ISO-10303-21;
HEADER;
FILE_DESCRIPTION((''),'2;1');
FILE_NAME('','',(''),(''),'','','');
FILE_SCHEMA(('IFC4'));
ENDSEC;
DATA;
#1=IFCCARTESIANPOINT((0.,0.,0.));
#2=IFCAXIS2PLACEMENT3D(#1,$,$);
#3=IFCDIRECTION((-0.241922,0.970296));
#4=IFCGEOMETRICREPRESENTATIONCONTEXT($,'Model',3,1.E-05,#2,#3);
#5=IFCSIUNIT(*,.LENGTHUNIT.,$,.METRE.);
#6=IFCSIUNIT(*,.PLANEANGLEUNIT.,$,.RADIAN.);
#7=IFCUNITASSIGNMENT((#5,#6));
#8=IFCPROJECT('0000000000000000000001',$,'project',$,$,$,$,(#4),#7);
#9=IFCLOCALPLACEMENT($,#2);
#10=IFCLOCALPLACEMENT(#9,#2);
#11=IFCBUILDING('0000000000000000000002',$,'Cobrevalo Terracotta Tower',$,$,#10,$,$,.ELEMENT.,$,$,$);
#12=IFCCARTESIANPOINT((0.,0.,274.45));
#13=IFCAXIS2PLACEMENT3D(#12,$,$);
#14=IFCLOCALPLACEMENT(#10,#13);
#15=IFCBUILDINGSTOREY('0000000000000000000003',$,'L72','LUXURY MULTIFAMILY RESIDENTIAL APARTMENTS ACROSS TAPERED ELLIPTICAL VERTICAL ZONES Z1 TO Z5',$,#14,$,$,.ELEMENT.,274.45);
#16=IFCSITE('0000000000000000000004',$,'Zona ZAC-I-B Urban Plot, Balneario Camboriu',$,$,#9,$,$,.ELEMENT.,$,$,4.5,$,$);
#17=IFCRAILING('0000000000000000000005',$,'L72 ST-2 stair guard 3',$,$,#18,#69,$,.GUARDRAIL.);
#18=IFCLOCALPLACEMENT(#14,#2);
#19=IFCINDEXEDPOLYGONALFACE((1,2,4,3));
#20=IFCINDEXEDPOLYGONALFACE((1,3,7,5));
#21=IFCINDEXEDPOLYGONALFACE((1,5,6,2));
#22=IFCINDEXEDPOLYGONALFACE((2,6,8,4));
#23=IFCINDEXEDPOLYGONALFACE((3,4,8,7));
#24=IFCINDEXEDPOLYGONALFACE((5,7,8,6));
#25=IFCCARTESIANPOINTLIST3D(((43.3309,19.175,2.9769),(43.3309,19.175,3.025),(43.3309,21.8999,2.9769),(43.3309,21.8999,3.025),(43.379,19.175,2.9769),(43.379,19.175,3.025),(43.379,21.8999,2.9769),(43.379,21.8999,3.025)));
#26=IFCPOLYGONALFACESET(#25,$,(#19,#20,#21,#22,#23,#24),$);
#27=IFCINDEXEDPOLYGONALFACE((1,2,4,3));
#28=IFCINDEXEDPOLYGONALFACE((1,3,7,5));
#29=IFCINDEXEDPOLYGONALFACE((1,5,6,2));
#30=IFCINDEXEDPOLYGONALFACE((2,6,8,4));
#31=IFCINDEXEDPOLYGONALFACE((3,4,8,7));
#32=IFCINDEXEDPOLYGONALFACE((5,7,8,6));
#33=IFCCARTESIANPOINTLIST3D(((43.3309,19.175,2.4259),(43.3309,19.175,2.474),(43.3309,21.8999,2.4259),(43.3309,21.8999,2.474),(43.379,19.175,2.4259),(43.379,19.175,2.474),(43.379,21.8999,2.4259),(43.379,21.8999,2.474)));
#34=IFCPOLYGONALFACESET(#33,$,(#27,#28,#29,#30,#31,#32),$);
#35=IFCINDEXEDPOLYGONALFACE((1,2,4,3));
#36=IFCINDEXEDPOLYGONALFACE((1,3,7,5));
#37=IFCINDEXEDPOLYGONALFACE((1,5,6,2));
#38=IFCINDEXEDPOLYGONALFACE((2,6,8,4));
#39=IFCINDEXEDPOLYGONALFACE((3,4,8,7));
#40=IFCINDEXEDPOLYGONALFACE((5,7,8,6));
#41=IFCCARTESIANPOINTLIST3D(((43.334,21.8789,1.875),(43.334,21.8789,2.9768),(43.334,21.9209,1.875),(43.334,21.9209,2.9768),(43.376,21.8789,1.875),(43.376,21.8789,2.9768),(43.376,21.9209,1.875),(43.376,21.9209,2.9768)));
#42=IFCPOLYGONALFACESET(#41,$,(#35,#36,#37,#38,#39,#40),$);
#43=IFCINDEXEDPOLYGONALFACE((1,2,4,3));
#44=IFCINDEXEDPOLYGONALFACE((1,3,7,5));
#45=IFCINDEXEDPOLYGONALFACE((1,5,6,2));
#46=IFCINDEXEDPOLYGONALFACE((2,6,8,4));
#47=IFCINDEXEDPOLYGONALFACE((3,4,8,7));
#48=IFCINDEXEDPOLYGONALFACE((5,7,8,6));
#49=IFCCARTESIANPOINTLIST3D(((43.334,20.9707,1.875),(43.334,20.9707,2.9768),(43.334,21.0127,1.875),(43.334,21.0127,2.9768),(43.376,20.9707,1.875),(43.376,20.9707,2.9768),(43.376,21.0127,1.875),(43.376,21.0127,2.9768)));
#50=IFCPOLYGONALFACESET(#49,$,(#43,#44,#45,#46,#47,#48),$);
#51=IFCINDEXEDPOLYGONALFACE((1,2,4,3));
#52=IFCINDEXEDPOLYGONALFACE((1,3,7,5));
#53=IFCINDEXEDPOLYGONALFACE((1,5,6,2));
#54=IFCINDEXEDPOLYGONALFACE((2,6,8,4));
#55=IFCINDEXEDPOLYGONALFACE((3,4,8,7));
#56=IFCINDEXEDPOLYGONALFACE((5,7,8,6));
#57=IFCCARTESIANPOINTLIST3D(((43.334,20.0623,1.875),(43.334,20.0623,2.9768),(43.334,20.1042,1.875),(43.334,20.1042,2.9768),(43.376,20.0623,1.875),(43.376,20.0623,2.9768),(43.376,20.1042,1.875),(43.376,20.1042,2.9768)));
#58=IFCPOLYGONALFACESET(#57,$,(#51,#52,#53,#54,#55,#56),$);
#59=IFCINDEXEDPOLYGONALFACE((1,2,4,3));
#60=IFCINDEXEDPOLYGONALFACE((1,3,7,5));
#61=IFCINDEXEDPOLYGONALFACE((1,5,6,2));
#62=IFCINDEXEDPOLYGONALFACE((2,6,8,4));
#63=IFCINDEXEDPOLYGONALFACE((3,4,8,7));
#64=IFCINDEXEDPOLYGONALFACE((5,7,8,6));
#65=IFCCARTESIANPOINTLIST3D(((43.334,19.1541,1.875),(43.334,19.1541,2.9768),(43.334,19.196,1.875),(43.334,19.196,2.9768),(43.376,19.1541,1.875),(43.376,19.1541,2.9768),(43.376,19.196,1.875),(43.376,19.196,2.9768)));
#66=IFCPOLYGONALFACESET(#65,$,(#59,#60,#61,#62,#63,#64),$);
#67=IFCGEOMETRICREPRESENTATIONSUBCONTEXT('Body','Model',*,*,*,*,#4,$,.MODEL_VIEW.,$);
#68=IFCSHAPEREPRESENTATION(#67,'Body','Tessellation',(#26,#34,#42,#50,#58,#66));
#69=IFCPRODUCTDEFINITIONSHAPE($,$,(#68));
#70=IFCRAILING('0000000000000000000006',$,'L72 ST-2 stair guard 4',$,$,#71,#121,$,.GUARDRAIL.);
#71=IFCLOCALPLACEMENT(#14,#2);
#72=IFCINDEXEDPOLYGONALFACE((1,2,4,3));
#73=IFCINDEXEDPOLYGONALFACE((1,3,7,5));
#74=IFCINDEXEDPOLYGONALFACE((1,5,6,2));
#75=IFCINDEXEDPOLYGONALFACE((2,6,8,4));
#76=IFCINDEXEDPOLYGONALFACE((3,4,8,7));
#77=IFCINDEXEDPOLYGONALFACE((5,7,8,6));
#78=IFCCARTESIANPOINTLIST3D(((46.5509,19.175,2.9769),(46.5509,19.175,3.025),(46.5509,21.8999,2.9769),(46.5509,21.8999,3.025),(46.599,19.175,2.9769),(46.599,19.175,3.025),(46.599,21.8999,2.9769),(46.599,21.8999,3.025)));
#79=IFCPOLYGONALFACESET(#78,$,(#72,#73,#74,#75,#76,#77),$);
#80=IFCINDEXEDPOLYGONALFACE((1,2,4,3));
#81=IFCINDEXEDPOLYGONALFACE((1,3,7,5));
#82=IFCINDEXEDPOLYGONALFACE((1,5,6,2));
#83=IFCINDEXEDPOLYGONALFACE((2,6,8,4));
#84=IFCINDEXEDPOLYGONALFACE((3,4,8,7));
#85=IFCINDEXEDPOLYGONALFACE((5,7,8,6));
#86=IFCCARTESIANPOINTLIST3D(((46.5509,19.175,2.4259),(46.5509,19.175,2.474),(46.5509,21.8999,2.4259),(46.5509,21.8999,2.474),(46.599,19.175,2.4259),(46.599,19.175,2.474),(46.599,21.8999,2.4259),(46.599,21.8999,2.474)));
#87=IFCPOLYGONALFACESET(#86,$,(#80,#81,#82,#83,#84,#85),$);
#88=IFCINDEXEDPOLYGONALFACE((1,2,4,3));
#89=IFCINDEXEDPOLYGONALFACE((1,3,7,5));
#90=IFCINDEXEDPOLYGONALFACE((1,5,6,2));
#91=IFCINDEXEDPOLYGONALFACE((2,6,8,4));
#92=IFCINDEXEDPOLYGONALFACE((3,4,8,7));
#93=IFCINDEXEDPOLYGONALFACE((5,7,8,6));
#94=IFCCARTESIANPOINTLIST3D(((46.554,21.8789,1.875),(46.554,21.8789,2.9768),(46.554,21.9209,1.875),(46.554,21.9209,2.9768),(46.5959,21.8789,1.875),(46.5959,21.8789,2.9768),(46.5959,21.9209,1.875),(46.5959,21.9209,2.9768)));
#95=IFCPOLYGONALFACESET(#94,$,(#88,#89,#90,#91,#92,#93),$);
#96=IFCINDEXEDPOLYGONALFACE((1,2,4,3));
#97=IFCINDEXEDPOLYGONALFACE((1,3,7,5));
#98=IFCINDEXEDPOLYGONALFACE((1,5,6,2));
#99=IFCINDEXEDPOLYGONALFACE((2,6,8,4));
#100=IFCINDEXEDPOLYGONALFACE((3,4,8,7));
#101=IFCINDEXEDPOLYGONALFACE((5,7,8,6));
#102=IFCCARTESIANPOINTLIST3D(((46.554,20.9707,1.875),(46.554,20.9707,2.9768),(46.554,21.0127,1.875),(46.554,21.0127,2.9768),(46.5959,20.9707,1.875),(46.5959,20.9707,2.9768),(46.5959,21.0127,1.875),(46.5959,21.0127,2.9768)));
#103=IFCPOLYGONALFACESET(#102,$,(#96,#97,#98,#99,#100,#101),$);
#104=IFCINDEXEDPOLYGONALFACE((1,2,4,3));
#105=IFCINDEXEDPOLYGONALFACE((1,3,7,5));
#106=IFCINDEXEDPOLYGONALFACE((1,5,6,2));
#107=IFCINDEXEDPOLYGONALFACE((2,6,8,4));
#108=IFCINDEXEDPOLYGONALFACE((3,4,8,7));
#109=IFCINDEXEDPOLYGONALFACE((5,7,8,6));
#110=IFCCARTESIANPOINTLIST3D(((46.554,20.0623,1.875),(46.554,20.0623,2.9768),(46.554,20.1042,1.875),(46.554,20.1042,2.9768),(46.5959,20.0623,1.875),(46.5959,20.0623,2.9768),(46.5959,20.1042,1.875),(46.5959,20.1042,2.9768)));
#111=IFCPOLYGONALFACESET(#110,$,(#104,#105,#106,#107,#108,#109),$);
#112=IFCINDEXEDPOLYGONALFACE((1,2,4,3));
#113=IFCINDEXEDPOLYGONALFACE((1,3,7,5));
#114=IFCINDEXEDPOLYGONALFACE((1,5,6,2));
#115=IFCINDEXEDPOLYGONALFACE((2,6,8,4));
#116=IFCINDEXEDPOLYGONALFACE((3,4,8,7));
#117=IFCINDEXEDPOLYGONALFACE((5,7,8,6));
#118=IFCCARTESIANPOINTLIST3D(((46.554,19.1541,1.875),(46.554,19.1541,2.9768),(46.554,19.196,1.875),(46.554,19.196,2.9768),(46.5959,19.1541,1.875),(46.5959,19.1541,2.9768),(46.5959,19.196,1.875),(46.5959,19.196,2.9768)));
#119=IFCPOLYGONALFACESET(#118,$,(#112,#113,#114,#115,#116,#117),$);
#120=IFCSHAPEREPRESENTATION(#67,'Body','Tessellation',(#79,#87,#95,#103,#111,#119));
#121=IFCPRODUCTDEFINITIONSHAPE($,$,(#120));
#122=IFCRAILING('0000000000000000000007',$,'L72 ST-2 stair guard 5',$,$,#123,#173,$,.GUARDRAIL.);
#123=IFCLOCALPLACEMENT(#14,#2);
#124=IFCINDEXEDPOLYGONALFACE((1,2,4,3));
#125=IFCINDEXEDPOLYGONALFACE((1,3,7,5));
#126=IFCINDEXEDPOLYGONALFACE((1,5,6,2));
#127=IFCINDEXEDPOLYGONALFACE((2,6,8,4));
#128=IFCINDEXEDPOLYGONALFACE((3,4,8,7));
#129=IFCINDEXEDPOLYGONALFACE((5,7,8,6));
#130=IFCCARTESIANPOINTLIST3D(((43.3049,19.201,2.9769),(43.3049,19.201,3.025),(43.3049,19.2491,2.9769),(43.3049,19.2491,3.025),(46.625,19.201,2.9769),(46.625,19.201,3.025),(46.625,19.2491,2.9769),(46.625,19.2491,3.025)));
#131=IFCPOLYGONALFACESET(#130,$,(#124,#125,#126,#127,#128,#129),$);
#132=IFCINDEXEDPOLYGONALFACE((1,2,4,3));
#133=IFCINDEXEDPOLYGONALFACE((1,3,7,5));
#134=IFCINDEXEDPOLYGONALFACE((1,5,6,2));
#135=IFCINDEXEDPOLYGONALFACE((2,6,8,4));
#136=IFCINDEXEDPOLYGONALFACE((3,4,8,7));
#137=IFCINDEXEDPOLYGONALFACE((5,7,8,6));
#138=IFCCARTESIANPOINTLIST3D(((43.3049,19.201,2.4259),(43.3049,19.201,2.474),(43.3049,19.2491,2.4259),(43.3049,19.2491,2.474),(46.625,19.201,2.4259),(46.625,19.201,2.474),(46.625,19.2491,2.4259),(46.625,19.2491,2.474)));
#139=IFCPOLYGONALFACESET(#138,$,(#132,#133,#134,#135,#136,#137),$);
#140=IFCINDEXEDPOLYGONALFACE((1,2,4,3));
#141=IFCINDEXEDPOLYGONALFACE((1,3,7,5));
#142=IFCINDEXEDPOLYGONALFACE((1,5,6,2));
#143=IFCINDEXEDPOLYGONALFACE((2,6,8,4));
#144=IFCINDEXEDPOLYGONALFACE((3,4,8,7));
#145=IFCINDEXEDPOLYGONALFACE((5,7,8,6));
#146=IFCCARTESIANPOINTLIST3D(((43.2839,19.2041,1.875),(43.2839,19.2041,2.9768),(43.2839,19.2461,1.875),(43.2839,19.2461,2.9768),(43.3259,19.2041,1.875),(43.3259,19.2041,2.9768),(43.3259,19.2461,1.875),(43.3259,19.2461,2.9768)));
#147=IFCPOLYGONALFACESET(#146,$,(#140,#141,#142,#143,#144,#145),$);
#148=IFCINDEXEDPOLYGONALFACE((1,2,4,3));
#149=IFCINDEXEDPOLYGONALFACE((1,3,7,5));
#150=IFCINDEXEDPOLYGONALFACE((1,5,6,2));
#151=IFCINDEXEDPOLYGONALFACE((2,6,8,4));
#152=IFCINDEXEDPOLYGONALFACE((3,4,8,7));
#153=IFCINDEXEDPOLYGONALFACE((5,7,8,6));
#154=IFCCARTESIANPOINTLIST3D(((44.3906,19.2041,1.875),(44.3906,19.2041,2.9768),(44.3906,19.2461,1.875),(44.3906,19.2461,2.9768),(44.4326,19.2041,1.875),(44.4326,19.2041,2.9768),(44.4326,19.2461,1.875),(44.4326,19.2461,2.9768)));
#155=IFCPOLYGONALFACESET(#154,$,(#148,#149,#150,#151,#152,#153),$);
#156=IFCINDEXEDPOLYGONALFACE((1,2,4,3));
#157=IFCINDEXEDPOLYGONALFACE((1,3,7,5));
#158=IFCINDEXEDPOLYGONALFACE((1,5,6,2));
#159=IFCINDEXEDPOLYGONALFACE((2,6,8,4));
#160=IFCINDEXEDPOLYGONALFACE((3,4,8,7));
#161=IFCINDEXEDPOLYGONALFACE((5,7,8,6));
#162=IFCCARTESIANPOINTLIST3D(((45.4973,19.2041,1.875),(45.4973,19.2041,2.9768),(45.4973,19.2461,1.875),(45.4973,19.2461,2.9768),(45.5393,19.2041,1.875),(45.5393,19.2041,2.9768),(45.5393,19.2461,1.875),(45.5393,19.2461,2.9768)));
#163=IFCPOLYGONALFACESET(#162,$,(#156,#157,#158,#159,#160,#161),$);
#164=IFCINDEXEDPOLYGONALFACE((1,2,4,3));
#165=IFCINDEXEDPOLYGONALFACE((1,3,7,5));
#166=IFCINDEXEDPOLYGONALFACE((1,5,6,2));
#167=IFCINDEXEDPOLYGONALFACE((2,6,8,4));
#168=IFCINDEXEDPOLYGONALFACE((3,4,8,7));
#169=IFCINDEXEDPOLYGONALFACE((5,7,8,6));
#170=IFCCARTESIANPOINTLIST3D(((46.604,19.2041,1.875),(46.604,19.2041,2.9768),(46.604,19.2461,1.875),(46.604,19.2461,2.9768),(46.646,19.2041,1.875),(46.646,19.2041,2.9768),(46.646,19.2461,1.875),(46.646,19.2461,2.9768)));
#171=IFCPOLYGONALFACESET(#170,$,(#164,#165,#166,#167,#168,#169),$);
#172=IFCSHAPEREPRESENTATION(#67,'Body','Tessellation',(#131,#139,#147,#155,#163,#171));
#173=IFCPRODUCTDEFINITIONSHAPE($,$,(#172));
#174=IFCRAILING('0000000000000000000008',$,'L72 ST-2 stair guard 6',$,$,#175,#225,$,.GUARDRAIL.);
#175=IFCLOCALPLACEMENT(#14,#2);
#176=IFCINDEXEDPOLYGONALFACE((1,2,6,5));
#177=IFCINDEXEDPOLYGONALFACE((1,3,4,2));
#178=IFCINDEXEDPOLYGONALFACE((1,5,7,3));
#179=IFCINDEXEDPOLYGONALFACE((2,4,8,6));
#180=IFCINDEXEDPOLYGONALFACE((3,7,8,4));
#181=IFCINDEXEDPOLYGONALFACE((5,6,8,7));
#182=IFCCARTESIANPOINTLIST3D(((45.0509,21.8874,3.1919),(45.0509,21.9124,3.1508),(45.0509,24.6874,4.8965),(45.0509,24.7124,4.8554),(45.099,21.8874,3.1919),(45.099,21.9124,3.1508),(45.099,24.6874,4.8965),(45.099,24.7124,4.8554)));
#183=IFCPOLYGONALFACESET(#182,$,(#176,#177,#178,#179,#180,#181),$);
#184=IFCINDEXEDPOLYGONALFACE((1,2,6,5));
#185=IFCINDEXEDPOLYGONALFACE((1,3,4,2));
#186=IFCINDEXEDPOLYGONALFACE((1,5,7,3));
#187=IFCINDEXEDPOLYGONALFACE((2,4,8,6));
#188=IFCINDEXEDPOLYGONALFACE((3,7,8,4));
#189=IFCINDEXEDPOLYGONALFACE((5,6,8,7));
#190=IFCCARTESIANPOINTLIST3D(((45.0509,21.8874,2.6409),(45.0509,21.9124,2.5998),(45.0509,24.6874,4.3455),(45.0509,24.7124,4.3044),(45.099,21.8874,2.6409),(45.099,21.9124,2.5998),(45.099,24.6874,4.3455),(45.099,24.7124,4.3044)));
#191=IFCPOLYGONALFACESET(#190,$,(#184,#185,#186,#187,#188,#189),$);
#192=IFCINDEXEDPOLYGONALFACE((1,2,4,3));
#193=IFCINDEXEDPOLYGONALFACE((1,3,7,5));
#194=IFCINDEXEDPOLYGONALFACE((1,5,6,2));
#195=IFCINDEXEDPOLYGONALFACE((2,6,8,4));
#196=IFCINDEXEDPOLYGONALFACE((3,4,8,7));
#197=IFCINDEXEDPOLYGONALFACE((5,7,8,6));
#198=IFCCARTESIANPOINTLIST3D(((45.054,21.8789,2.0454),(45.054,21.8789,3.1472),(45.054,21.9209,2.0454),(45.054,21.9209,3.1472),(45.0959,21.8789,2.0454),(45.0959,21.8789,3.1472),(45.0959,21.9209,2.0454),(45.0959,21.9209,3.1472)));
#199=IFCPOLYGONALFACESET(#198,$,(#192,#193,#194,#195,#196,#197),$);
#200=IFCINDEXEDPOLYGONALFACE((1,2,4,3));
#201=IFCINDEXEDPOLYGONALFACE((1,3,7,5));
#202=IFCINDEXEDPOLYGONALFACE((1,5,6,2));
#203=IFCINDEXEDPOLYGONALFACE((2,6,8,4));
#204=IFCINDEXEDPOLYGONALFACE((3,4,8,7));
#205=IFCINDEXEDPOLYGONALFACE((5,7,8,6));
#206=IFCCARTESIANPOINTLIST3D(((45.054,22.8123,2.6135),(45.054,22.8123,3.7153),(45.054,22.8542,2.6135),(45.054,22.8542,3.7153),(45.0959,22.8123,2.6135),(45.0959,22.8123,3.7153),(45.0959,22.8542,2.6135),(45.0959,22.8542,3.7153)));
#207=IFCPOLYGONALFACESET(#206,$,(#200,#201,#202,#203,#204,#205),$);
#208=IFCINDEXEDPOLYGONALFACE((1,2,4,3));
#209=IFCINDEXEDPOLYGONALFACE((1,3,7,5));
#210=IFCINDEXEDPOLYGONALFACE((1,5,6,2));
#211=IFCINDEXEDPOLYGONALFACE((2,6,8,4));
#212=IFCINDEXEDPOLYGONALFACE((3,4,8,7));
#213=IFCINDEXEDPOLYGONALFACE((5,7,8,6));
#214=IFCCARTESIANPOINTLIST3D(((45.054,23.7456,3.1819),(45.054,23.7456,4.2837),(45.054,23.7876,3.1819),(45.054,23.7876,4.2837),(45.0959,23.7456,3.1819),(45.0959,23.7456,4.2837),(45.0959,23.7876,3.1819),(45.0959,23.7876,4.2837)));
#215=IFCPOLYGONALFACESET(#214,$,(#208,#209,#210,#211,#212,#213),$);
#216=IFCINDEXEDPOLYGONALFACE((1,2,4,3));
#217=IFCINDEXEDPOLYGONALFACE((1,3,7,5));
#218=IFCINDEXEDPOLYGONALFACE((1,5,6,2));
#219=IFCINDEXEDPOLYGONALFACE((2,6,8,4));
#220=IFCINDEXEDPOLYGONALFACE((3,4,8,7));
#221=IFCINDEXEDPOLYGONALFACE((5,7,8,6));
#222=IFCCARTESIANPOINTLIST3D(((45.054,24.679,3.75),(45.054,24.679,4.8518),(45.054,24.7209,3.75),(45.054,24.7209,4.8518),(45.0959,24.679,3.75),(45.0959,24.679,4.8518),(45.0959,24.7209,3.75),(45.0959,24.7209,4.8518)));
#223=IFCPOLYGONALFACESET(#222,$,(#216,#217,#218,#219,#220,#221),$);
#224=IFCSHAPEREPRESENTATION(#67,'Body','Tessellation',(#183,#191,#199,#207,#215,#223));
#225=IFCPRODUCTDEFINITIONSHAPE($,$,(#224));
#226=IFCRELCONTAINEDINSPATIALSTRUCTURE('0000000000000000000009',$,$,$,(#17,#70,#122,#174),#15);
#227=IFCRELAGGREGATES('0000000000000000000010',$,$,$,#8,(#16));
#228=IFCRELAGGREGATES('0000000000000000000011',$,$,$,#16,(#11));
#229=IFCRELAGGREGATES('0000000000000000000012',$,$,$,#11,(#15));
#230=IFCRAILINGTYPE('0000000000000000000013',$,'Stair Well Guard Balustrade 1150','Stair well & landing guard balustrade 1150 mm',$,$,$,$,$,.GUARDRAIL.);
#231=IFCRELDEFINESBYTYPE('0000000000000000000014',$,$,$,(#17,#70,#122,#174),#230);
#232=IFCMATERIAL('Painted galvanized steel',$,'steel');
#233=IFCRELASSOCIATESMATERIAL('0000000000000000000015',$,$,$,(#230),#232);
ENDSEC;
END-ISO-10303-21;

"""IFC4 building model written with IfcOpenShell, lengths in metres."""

from ifc_helpers import new_model, si_unit, direction, frame, origin, origin_2d, place, context, subcontext, project, spatial, rectangle, extrude, material, type_object, element, save


model = new_model("IFC4")

# Units and contexts
model_context = context("Model", 3, precision=1e-05, world=origin(), true_north=direction((-0.241922, 0.970296)))
body_context = subcontext(model_context, "Body", "Model", "MODEL_VIEW")
ifc_project = project(units=[si_unit("LENGTHUNIT", "METRE"), si_unit("PLANEANGLEUNIT", "RADIAN")], contexts=[model_context])

# Site, building, storey
site_placement = place(None, origin())
site = spatial("IfcSite", under=ifc_project, at=site_placement, Name="Zona ZAC-I-B Urban Plot, Balneario Camboriu", CompositionType="ELEMENT", RefElevation=4.5)
building_placement = place(site_placement, origin())
building = spatial("IfcBuilding", under=site, at=building_placement, Name="Cobrevalo Terracotta Tower", CompositionType="ELEMENT")
storey_placement = place(building_placement, frame((0.0, 0.0, 274.45)))
storey = spatial("IfcBuildingStorey", under=building, at=storey_placement, Name="L72", Description="LUXURY MULTIFAMILY RESIDENTIAL APARTMENTS ACROSS TAPERED ELLIPTICAL VERTICAL ZONES Z1 TO Z5", CompositionType="ELEMENT", Elevation=274.45)

# Railings
ifc_material_1 = material(Name="Painted galvanized steel", Category="steel")
railing_type_1 = type_object("IfcRailingType", Name="Stair Well Guard Balustrade 1150", Description="Stair well & landing guard balustrade 1150 mm", PredefinedType="GUARDRAIL", material=ifc_material_1)
for number, where, name in (
    (1, (43.355, 21.8999, 1.875), "L72 ST-2 stair guard 3"),
    (2, (46.575, 21.8999, 1.875), "L72 ST-2 stair guard 4"),
):
    element("IfcRailing", number, at=place(storey_placement, frame(where)), inside=storey, type_object=railing_type_1, Name=name, PredefinedType="GUARDRAIL", context=body_context, shape_type="SweptSolid", body=[
        extrude(rectangle(XDim=0.0481, YDim=0.0481, at=origin_2d()), frame((0.0, 0.0, 1.126), z_axis=(0.0, -1.0, 0.0), x_axis=(1.0, 0.0, 0.0)), (0.0, 0.0, 1.0), 2.7249),
        extrude(rectangle(XDim=0.0481, YDim=0.0481, at=origin_2d()), frame((0.0, 0.0, 0.575), z_axis=(0.0, -1.0, 0.0), x_axis=(1.0, 0.0, 0.0)), (0.0, 0.0, 1.0), 2.7249),
        extrude(rectangle(XDim=0.042, YDim=0.042, at=origin_2d()), origin(), (0.0, 0.0, 1.0), 1.1018),
        extrude(rectangle(XDim=0.042, YDim=0.042, at=origin_2d()), frame((0.0, -0.9082, 0.0)), (0.0, 0.0, 1.0), 1.1018),
        extrude(rectangle(XDim=0.042, YDim=0.042, at=origin_2d()), frame((0.0, -1.8167, 0.0)), (0.0, 0.0, 1.0), 1.1018),
        extrude(rectangle(XDim=0.042, YDim=0.042, at=origin_2d()), frame((0.0, -2.7249, 0.0)), (0.0, 0.0, 1.0), 1.1018),
    ])
railing_1_placement = place(storey_placement, frame((43.3049, 19.2251, 1.875)))
element("IfcRailing", 3, at=railing_1_placement, inside=storey, type_object=railing_type_1, Name="L72 ST-2 stair guard 5", PredefinedType="GUARDRAIL", context=body_context, shape_type="SweptSolid", body=[
    extrude(rectangle(XDim=0.0481, YDim=0.0481, at=origin_2d()), frame((0.0, 0.0, 1.126), z_axis=(1.0, 0.0, 0.0), x_axis=(0.0, 1.0, 0.0)), (0.0, 0.0, 1.0), 3.3201),
    extrude(rectangle(XDim=0.0481, YDim=0.0481, at=origin_2d()), frame((0.0, 0.0, 0.575), z_axis=(1.0, 0.0, 0.0), x_axis=(0.0, 1.0, 0.0)), (0.0, 0.0, 1.0), 3.3201),
    extrude(rectangle(XDim=0.042, YDim=0.042, at=origin_2d()), origin(), (0.0, 0.0, 1.0), 1.1018),
    extrude(rectangle(XDim=0.042, YDim=0.042, at=origin_2d()), frame((1.1067, 0.0, 0.0)), (0.0, 0.0, 1.0), 1.1018),
    extrude(rectangle(XDim=0.042, YDim=0.042, at=origin_2d()), frame((2.2134, 0.0, 0.0)), (0.0, 0.0, 1.0), 1.1018),
    extrude(rectangle(XDim=0.042, YDim=0.042, at=origin_2d()), frame((3.3201, 0.0, 0.0)), (0.0, 0.0, 1.0), 1.1018),
])
railing_2_placement = place(storey_placement, frame((45.075, 21.8999, 2.0454)))
element("IfcRailing", 4, at=railing_2_placement, inside=storey, type_object=railing_type_1, Name="L72 ST-2 stair guard 6", PredefinedType="GUARDRAIL", context=body_context, shape_type="SweptSolid", body=[
    extrude(rectangle(XDim=0.0481, YDim=0.0481, at=origin_2d()), frame((0.0, 0.0, 1.126), z_axis=(0.0, 0.85417, 0.519994), x_axis=(-1.0, 0.0, 0.0)), (0.0, 0.0, 1.0), 3.2781),
    extrude(rectangle(XDim=0.0481, YDim=0.0481, at=origin_2d()), frame((0.0, 0.0, 0.575), z_axis=(0.0, 0.85417, 0.519994), x_axis=(-1.0, 0.0, 0.0)), (0.0, 0.0, 1.0), 3.2781),
    extrude(rectangle(XDim=0.042, YDim=0.042, at=origin_2d()), origin(), (0.0, 0.0, 1.0), 1.1018),
    extrude(rectangle(XDim=0.042, YDim=0.042, at=origin_2d()), frame((0.0, 0.9333, 0.5681)), (0.0, 0.0, 1.0), 1.1018),
    extrude(rectangle(XDim=0.042, YDim=0.042, at=origin_2d()), frame((0.0, 1.8667, 1.1365)), (0.0, 0.0, 1.0), 1.1018),
    extrude(rectangle(XDim=0.042, YDim=0.042, at=origin_2d()), frame((0.0, 2.8, 1.7046)), (0.0, 0.0, 1.0), 1.1018),
])

save(model, "model.ifc")
